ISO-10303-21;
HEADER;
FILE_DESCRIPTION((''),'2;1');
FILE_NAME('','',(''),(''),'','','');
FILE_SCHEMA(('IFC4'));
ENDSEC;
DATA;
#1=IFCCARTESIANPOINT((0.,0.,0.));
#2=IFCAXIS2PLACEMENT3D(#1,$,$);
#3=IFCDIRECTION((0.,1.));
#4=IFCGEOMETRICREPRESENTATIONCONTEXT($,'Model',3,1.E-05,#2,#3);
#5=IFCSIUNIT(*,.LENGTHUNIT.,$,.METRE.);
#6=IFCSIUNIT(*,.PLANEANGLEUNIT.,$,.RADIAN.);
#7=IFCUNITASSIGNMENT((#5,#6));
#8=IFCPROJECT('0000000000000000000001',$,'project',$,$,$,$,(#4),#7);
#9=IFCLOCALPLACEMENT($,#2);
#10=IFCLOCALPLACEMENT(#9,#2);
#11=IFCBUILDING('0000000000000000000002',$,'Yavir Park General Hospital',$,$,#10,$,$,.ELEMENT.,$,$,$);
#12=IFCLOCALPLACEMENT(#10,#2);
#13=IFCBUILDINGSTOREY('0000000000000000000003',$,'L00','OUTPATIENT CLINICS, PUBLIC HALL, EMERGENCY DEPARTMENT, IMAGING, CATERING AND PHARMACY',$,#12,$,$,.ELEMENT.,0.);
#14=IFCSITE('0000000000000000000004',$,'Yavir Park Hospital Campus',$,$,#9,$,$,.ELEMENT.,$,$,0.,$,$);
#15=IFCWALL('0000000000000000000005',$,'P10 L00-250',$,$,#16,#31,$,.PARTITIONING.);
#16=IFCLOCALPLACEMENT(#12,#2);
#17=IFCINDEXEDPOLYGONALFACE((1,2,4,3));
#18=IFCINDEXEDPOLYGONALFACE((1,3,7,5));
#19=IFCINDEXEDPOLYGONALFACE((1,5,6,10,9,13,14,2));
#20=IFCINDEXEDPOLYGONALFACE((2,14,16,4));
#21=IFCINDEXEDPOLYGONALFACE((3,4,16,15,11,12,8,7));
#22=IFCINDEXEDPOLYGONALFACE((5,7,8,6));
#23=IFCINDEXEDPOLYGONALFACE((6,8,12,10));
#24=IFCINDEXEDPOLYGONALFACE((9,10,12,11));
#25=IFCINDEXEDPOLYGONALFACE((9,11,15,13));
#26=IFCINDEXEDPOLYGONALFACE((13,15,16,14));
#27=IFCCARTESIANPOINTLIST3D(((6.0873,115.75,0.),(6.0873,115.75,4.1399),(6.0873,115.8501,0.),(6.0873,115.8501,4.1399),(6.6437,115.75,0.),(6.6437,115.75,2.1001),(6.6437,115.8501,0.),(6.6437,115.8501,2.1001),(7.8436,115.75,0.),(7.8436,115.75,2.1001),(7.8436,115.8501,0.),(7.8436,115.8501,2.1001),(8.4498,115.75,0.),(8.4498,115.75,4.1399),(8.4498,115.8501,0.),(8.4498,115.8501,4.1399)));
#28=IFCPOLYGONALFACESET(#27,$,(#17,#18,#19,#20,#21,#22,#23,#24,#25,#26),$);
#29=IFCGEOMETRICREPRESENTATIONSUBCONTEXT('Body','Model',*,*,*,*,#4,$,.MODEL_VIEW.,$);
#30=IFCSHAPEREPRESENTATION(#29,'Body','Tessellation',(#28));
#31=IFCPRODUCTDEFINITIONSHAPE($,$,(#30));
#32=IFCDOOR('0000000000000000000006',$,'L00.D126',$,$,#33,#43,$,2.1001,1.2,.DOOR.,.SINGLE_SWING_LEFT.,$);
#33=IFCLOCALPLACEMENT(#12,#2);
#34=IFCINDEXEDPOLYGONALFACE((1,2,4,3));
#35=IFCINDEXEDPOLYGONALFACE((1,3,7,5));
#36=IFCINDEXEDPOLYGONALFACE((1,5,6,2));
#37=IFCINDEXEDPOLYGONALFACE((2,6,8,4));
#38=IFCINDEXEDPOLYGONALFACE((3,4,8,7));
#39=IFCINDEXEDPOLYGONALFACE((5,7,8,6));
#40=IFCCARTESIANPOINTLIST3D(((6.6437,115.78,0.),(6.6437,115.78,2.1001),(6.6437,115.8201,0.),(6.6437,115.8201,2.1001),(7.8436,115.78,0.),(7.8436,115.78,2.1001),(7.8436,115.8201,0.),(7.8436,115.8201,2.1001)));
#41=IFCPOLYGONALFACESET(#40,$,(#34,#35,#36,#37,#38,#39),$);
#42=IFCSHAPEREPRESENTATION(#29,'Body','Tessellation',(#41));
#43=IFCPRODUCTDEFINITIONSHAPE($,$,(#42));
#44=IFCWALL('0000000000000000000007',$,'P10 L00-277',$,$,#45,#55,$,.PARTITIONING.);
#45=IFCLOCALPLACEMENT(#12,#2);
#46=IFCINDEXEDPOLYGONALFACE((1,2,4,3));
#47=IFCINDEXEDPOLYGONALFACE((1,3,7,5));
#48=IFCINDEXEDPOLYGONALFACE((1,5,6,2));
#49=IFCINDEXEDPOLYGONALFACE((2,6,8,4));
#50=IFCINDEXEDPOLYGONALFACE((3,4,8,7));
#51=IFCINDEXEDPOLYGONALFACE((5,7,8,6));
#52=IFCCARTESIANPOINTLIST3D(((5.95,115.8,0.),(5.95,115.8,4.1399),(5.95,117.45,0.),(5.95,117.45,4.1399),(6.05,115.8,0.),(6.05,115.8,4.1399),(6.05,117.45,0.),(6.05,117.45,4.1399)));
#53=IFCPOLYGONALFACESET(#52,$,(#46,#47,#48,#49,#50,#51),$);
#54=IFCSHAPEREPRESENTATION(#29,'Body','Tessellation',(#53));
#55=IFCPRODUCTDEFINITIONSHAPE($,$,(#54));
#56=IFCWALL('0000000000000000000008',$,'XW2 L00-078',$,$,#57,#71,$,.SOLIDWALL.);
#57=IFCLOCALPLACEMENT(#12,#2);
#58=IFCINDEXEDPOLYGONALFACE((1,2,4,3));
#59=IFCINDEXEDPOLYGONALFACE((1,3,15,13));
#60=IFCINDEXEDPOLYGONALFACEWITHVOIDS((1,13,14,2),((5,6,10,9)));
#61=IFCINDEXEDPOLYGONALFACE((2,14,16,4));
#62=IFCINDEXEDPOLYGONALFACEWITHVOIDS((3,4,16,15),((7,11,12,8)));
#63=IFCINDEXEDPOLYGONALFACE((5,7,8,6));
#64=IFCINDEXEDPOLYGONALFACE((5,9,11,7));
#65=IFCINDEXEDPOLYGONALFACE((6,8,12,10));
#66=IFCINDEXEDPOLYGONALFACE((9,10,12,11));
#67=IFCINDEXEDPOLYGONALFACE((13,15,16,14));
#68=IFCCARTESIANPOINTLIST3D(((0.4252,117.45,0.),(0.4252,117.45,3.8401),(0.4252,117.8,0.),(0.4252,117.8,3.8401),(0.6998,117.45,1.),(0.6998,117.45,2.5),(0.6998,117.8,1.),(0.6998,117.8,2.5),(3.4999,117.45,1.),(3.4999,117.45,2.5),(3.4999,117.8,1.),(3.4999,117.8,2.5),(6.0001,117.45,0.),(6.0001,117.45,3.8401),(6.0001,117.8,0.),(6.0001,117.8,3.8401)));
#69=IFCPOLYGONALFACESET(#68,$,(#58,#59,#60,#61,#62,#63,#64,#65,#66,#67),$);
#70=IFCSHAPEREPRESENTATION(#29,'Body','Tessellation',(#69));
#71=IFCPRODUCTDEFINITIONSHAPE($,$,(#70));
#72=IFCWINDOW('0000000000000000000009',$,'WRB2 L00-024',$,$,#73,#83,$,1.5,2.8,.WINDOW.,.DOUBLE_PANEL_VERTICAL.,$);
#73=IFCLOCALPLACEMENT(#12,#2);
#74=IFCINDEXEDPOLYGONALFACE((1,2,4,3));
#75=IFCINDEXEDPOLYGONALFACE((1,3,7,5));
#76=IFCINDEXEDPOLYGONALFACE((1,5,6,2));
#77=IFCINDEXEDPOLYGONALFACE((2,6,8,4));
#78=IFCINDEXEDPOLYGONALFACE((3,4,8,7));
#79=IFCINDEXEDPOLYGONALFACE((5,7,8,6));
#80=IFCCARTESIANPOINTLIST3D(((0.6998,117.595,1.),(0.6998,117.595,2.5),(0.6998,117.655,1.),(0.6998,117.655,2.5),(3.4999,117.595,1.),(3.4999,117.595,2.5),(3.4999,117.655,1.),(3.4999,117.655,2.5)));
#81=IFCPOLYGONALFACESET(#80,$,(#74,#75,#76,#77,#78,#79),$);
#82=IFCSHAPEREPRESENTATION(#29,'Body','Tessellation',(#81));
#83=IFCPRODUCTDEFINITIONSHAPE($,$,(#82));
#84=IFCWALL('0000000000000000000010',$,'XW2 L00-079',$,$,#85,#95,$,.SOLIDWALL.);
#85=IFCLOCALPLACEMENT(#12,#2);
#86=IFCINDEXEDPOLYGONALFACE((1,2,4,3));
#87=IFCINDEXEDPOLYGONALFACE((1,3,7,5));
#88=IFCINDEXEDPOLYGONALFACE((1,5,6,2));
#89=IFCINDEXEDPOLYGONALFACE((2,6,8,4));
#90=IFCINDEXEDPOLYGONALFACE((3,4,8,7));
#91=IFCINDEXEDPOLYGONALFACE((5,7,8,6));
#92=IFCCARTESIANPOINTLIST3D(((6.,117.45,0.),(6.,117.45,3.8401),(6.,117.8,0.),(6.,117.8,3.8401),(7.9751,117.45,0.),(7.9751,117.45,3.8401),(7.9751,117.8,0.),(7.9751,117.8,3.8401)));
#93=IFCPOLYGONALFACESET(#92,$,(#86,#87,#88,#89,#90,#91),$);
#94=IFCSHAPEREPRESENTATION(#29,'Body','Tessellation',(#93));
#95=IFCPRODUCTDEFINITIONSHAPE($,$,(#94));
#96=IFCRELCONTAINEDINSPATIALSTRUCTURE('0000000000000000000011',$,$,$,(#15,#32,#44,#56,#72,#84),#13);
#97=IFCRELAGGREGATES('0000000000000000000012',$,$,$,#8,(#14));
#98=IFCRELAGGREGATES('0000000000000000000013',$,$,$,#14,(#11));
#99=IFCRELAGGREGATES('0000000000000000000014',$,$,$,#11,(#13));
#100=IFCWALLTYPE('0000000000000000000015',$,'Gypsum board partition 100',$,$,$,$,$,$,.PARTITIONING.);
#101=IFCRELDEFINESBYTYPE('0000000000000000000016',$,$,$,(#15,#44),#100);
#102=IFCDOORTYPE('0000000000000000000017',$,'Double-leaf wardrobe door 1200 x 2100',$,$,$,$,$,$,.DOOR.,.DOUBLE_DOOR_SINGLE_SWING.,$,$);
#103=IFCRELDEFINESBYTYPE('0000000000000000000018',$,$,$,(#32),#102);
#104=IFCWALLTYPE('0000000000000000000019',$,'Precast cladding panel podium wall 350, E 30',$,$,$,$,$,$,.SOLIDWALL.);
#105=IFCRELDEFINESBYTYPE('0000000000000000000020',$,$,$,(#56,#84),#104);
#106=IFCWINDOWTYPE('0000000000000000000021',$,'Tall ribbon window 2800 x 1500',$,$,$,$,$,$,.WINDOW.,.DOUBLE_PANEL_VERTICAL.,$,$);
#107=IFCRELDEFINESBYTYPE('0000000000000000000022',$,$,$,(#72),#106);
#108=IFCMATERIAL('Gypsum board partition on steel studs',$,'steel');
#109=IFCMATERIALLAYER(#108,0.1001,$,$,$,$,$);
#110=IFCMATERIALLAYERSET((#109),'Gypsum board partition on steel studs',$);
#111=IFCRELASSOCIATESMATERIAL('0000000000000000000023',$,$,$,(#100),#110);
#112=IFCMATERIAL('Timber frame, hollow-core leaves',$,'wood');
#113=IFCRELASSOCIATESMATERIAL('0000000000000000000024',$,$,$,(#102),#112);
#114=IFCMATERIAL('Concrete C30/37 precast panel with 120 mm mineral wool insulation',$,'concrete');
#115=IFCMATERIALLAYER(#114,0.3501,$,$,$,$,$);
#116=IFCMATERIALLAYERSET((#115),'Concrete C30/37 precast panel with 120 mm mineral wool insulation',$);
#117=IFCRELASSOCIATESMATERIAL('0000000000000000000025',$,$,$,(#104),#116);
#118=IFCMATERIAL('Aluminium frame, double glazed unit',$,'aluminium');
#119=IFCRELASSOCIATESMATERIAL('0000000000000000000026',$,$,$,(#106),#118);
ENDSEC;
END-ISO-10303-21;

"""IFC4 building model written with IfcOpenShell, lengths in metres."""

from ifc_helpers import new_model, si_unit, direction, frame, frame_2d, origin, place, context, subcontext, project, spatial, rectangle, extrude, material, layer, layer_set, type_object, element, fill, save


model = new_model("IFC4")

# Units and contexts
model_context = context("Model", 3, precision=1e-05, world=origin(), true_north=direction((0.0, 1.0)))
body_context = subcontext(model_context, "Body", "Model", "MODEL_VIEW")
ifc_project = project(units=[si_unit("LENGTHUNIT", "METRE"), si_unit("PLANEANGLEUNIT", "RADIAN")], contexts=[model_context])

# Site, building, storey
site_placement = place(None, origin())
site = spatial("IfcSite", under=ifc_project, at=site_placement, Name="Yavir Park Hospital Campus", CompositionType="ELEMENT", RefElevation=0.0)
building_placement = place(site_placement, origin())
building = spatial("IfcBuilding", under=site, at=building_placement, Name="Yavir Park General Hospital", CompositionType="ELEMENT")
storey_placement = place(building_placement, origin())
storey = spatial("IfcBuildingStorey", under=building, at=storey_placement, Name="L00", Description="OUTPATIENT CLINICS, PUBLIC HALL, EMERGENCY DEPARTMENT, IMAGING, CATERING AND PHARMACY", CompositionType="ELEMENT", Elevation=0.0)

# Wall, opening, door
ifc_material_1 = material(Name="Gypsum board partition on steel studs", Category="steel")
ifc_layer_1 = layer(ifc_material_1, 0.1001)
ifc_layer_set_1 = layer_set([ifc_layer_1], Name="Gypsum board partition on steel studs")
wall_type_1 = type_object("IfcWallType", Name="Gypsum board partition 100", PredefinedType="PARTITIONING", material=ifc_layer_set_1)
wall_1_placement = place(storey_placement, frame((6.0874, 115.8, 0.0), z_axis=(0.0, 0.0, 1.0), x_axis=(1.0, 0.0, 0.0)))
wall_1 = element("IfcWall", 1, at=wall_1_placement, inside=storey, type_object=wall_type_1, Name="P10 L00-250", PredefinedType="PARTITIONING", context=body_context, shape_type="SweptSolid", body=[
    extrude(rectangle(XDim=2.3625, YDim=0.1001, at=frame_2d((1.1812, 0.0))), origin(), (0.0, 0.0, 1.0), 4.1399),
])
opening_1_placement = place(wall_1_placement, frame((0.5562, 0.0, 0.0)))
opening_1 = element("IfcOpeningElement", 2, at=opening_1_placement, cuts=wall_1, PredefinedType="OPENING", context=body_context, shape_type="SweptSolid", body=[
    extrude(rectangle(XDim=1.2, YDim=2.1001, at=frame_2d((0.6001, 1.05))), frame((0.0, 0.0601, 0.0), z_axis=(0.0, -1.0, 0.0), x_axis=(1.0, 0.0, 0.0)), (0.0, 0.0, 1.0), 0.1201),
])
ifc_material_2 = material(Name="Timber frame, hollow-core leaves", Category="wood")
door_type = type_object("IfcDoorType", Name="Double-leaf wardrobe door 1200 x 2100", OperationType="DOUBLE_DOOR_SINGLE_SWING", PredefinedType="DOOR", material=ifc_material_2)
door_placement = place(opening_1_placement, origin())
door = element("IfcDoor", 3, at=door_placement, inside=storey, type_object=door_type, Name="L00.D126", OperationType="SINGLE_SWING_LEFT", OverallHeight=2.1001, OverallWidth=1.2, PredefinedType="DOOR", context=body_context, shape_type="SweptSolid", body=[
    extrude(rectangle(XDim=1.2, YDim=2.1001, at=frame_2d((0.6001, 1.05))), frame((0.0, 0.02, 0.0), z_axis=(0.0, -1.0, 0.0), x_axis=(1.0, 0.0, 0.0)), (0.0, 0.0, 1.0), 0.04),
])
fill(opening_1, door)

# Wall
wall_2_placement = place(storey_placement, frame((6.0, 115.8, 0.0), z_axis=(0.0, 0.0, 1.0), x_axis=(0.0, 1.0, 0.0)))
element("IfcWall", 4, at=wall_2_placement, inside=storey, type_object=wall_type_1, Name="P10 L00-277", PredefinedType="PARTITIONING", context=body_context, shape_type="SweptSolid", body=[
    extrude(rectangle(XDim=1.6499, YDim=0.1001, at=frame_2d((0.825, 0.0))), origin(), (0.0, 0.0, 1.0), 4.1399),
])

# Wall, opening, window
ifc_material_3 = material(Name="Concrete C30/37 precast panel with 120 mm mineral wool insulation", Category="concrete")
ifc_layer_2 = layer(ifc_material_3, 0.3501)
ifc_layer_set_2 = layer_set([ifc_layer_2], Name="Concrete C30/37 precast panel with 120 mm mineral wool insulation")
wall_type_2 = type_object("IfcWallType", Name="Precast cladding panel podium wall 350, E 30", PredefinedType="SOLIDWALL", material=ifc_layer_set_2)
wall_3_placement = place(storey_placement, frame((0.425, 117.625, 0.0), z_axis=(0.0, 0.0, 1.0), x_axis=(1.0, 0.0, 0.0)))
wall_3 = element("IfcWall", 5, at=wall_3_placement, inside=storey, type_object=wall_type_2, Name="XW2 L00-078", PredefinedType="SOLIDWALL", context=body_context, shape_type="SweptSolid", body=[
    extrude(rectangle(XDim=5.575, YDim=0.3501, at=frame_2d((2.7876, 0.0))), origin(), (0.0, 0.0, 1.0), 3.8401),
])
opening_2_placement = place(wall_3_placement, frame((0.2749, 0.0, 1.0)))
opening_2 = element("IfcOpeningElement", 6, at=opening_2_placement, cuts=wall_3, PredefinedType="OPENING", context=body_context, shape_type="SweptSolid", body=[
    extrude(rectangle(XDim=2.8, YDim=1.5, at=frame_2d((1.3999, 0.75))), frame((0.0, 0.1851, 0.0), z_axis=(0.0, -1.0, 0.0), x_axis=(1.0, 0.0, 0.0)), (0.0, 0.0, 1.0), 0.3701),
])
ifc_material_4 = material(Name="Aluminium frame, double glazed unit", Category="aluminium")
window_type = type_object("IfcWindowType", Name="Tall ribbon window 2800 x 1500", PartitioningType="DOUBLE_PANEL_VERTICAL", PredefinedType="WINDOW", material=ifc_material_4)
window_placement = place(opening_2_placement, origin())
window = element("IfcWindow", 7, at=window_placement, inside=storey, type_object=window_type, Name="WRB2 L00-024", OverallHeight=1.5, OverallWidth=2.8, PartitioningType="DOUBLE_PANEL_VERTICAL", PredefinedType="WINDOW", context=body_context, shape_type="SweptSolid", body=[
    extrude(rectangle(XDim=2.8, YDim=1.5, at=frame_2d((1.3999, 0.75))), frame((0.0, 0.03, 0.0), z_axis=(0.0, -1.0, 0.0), x_axis=(1.0, 0.0, 0.0)), (0.0, 0.0, 1.0), 0.0601),
])
fill(opening_2, window)

# Wall
wall_4_placement = place(storey_placement, frame((6.0, 117.625, 0.0), z_axis=(0.0, 0.0, 1.0), x_axis=(1.0, 0.0, 0.0)))
element("IfcWall", 8, at=wall_4_placement, inside=storey, type_object=wall_type_2, Name="XW2 L00-079", PredefinedType="SOLIDWALL", context=body_context, shape_type="SweptSolid", body=[
    extrude(rectangle(XDim=1.9751, YDim=0.3501, at=frame_2d((0.9875, 0.0))), origin(), (0.0, 0.0, 1.0), 3.8401),
])

save(model, "model.ifc")
